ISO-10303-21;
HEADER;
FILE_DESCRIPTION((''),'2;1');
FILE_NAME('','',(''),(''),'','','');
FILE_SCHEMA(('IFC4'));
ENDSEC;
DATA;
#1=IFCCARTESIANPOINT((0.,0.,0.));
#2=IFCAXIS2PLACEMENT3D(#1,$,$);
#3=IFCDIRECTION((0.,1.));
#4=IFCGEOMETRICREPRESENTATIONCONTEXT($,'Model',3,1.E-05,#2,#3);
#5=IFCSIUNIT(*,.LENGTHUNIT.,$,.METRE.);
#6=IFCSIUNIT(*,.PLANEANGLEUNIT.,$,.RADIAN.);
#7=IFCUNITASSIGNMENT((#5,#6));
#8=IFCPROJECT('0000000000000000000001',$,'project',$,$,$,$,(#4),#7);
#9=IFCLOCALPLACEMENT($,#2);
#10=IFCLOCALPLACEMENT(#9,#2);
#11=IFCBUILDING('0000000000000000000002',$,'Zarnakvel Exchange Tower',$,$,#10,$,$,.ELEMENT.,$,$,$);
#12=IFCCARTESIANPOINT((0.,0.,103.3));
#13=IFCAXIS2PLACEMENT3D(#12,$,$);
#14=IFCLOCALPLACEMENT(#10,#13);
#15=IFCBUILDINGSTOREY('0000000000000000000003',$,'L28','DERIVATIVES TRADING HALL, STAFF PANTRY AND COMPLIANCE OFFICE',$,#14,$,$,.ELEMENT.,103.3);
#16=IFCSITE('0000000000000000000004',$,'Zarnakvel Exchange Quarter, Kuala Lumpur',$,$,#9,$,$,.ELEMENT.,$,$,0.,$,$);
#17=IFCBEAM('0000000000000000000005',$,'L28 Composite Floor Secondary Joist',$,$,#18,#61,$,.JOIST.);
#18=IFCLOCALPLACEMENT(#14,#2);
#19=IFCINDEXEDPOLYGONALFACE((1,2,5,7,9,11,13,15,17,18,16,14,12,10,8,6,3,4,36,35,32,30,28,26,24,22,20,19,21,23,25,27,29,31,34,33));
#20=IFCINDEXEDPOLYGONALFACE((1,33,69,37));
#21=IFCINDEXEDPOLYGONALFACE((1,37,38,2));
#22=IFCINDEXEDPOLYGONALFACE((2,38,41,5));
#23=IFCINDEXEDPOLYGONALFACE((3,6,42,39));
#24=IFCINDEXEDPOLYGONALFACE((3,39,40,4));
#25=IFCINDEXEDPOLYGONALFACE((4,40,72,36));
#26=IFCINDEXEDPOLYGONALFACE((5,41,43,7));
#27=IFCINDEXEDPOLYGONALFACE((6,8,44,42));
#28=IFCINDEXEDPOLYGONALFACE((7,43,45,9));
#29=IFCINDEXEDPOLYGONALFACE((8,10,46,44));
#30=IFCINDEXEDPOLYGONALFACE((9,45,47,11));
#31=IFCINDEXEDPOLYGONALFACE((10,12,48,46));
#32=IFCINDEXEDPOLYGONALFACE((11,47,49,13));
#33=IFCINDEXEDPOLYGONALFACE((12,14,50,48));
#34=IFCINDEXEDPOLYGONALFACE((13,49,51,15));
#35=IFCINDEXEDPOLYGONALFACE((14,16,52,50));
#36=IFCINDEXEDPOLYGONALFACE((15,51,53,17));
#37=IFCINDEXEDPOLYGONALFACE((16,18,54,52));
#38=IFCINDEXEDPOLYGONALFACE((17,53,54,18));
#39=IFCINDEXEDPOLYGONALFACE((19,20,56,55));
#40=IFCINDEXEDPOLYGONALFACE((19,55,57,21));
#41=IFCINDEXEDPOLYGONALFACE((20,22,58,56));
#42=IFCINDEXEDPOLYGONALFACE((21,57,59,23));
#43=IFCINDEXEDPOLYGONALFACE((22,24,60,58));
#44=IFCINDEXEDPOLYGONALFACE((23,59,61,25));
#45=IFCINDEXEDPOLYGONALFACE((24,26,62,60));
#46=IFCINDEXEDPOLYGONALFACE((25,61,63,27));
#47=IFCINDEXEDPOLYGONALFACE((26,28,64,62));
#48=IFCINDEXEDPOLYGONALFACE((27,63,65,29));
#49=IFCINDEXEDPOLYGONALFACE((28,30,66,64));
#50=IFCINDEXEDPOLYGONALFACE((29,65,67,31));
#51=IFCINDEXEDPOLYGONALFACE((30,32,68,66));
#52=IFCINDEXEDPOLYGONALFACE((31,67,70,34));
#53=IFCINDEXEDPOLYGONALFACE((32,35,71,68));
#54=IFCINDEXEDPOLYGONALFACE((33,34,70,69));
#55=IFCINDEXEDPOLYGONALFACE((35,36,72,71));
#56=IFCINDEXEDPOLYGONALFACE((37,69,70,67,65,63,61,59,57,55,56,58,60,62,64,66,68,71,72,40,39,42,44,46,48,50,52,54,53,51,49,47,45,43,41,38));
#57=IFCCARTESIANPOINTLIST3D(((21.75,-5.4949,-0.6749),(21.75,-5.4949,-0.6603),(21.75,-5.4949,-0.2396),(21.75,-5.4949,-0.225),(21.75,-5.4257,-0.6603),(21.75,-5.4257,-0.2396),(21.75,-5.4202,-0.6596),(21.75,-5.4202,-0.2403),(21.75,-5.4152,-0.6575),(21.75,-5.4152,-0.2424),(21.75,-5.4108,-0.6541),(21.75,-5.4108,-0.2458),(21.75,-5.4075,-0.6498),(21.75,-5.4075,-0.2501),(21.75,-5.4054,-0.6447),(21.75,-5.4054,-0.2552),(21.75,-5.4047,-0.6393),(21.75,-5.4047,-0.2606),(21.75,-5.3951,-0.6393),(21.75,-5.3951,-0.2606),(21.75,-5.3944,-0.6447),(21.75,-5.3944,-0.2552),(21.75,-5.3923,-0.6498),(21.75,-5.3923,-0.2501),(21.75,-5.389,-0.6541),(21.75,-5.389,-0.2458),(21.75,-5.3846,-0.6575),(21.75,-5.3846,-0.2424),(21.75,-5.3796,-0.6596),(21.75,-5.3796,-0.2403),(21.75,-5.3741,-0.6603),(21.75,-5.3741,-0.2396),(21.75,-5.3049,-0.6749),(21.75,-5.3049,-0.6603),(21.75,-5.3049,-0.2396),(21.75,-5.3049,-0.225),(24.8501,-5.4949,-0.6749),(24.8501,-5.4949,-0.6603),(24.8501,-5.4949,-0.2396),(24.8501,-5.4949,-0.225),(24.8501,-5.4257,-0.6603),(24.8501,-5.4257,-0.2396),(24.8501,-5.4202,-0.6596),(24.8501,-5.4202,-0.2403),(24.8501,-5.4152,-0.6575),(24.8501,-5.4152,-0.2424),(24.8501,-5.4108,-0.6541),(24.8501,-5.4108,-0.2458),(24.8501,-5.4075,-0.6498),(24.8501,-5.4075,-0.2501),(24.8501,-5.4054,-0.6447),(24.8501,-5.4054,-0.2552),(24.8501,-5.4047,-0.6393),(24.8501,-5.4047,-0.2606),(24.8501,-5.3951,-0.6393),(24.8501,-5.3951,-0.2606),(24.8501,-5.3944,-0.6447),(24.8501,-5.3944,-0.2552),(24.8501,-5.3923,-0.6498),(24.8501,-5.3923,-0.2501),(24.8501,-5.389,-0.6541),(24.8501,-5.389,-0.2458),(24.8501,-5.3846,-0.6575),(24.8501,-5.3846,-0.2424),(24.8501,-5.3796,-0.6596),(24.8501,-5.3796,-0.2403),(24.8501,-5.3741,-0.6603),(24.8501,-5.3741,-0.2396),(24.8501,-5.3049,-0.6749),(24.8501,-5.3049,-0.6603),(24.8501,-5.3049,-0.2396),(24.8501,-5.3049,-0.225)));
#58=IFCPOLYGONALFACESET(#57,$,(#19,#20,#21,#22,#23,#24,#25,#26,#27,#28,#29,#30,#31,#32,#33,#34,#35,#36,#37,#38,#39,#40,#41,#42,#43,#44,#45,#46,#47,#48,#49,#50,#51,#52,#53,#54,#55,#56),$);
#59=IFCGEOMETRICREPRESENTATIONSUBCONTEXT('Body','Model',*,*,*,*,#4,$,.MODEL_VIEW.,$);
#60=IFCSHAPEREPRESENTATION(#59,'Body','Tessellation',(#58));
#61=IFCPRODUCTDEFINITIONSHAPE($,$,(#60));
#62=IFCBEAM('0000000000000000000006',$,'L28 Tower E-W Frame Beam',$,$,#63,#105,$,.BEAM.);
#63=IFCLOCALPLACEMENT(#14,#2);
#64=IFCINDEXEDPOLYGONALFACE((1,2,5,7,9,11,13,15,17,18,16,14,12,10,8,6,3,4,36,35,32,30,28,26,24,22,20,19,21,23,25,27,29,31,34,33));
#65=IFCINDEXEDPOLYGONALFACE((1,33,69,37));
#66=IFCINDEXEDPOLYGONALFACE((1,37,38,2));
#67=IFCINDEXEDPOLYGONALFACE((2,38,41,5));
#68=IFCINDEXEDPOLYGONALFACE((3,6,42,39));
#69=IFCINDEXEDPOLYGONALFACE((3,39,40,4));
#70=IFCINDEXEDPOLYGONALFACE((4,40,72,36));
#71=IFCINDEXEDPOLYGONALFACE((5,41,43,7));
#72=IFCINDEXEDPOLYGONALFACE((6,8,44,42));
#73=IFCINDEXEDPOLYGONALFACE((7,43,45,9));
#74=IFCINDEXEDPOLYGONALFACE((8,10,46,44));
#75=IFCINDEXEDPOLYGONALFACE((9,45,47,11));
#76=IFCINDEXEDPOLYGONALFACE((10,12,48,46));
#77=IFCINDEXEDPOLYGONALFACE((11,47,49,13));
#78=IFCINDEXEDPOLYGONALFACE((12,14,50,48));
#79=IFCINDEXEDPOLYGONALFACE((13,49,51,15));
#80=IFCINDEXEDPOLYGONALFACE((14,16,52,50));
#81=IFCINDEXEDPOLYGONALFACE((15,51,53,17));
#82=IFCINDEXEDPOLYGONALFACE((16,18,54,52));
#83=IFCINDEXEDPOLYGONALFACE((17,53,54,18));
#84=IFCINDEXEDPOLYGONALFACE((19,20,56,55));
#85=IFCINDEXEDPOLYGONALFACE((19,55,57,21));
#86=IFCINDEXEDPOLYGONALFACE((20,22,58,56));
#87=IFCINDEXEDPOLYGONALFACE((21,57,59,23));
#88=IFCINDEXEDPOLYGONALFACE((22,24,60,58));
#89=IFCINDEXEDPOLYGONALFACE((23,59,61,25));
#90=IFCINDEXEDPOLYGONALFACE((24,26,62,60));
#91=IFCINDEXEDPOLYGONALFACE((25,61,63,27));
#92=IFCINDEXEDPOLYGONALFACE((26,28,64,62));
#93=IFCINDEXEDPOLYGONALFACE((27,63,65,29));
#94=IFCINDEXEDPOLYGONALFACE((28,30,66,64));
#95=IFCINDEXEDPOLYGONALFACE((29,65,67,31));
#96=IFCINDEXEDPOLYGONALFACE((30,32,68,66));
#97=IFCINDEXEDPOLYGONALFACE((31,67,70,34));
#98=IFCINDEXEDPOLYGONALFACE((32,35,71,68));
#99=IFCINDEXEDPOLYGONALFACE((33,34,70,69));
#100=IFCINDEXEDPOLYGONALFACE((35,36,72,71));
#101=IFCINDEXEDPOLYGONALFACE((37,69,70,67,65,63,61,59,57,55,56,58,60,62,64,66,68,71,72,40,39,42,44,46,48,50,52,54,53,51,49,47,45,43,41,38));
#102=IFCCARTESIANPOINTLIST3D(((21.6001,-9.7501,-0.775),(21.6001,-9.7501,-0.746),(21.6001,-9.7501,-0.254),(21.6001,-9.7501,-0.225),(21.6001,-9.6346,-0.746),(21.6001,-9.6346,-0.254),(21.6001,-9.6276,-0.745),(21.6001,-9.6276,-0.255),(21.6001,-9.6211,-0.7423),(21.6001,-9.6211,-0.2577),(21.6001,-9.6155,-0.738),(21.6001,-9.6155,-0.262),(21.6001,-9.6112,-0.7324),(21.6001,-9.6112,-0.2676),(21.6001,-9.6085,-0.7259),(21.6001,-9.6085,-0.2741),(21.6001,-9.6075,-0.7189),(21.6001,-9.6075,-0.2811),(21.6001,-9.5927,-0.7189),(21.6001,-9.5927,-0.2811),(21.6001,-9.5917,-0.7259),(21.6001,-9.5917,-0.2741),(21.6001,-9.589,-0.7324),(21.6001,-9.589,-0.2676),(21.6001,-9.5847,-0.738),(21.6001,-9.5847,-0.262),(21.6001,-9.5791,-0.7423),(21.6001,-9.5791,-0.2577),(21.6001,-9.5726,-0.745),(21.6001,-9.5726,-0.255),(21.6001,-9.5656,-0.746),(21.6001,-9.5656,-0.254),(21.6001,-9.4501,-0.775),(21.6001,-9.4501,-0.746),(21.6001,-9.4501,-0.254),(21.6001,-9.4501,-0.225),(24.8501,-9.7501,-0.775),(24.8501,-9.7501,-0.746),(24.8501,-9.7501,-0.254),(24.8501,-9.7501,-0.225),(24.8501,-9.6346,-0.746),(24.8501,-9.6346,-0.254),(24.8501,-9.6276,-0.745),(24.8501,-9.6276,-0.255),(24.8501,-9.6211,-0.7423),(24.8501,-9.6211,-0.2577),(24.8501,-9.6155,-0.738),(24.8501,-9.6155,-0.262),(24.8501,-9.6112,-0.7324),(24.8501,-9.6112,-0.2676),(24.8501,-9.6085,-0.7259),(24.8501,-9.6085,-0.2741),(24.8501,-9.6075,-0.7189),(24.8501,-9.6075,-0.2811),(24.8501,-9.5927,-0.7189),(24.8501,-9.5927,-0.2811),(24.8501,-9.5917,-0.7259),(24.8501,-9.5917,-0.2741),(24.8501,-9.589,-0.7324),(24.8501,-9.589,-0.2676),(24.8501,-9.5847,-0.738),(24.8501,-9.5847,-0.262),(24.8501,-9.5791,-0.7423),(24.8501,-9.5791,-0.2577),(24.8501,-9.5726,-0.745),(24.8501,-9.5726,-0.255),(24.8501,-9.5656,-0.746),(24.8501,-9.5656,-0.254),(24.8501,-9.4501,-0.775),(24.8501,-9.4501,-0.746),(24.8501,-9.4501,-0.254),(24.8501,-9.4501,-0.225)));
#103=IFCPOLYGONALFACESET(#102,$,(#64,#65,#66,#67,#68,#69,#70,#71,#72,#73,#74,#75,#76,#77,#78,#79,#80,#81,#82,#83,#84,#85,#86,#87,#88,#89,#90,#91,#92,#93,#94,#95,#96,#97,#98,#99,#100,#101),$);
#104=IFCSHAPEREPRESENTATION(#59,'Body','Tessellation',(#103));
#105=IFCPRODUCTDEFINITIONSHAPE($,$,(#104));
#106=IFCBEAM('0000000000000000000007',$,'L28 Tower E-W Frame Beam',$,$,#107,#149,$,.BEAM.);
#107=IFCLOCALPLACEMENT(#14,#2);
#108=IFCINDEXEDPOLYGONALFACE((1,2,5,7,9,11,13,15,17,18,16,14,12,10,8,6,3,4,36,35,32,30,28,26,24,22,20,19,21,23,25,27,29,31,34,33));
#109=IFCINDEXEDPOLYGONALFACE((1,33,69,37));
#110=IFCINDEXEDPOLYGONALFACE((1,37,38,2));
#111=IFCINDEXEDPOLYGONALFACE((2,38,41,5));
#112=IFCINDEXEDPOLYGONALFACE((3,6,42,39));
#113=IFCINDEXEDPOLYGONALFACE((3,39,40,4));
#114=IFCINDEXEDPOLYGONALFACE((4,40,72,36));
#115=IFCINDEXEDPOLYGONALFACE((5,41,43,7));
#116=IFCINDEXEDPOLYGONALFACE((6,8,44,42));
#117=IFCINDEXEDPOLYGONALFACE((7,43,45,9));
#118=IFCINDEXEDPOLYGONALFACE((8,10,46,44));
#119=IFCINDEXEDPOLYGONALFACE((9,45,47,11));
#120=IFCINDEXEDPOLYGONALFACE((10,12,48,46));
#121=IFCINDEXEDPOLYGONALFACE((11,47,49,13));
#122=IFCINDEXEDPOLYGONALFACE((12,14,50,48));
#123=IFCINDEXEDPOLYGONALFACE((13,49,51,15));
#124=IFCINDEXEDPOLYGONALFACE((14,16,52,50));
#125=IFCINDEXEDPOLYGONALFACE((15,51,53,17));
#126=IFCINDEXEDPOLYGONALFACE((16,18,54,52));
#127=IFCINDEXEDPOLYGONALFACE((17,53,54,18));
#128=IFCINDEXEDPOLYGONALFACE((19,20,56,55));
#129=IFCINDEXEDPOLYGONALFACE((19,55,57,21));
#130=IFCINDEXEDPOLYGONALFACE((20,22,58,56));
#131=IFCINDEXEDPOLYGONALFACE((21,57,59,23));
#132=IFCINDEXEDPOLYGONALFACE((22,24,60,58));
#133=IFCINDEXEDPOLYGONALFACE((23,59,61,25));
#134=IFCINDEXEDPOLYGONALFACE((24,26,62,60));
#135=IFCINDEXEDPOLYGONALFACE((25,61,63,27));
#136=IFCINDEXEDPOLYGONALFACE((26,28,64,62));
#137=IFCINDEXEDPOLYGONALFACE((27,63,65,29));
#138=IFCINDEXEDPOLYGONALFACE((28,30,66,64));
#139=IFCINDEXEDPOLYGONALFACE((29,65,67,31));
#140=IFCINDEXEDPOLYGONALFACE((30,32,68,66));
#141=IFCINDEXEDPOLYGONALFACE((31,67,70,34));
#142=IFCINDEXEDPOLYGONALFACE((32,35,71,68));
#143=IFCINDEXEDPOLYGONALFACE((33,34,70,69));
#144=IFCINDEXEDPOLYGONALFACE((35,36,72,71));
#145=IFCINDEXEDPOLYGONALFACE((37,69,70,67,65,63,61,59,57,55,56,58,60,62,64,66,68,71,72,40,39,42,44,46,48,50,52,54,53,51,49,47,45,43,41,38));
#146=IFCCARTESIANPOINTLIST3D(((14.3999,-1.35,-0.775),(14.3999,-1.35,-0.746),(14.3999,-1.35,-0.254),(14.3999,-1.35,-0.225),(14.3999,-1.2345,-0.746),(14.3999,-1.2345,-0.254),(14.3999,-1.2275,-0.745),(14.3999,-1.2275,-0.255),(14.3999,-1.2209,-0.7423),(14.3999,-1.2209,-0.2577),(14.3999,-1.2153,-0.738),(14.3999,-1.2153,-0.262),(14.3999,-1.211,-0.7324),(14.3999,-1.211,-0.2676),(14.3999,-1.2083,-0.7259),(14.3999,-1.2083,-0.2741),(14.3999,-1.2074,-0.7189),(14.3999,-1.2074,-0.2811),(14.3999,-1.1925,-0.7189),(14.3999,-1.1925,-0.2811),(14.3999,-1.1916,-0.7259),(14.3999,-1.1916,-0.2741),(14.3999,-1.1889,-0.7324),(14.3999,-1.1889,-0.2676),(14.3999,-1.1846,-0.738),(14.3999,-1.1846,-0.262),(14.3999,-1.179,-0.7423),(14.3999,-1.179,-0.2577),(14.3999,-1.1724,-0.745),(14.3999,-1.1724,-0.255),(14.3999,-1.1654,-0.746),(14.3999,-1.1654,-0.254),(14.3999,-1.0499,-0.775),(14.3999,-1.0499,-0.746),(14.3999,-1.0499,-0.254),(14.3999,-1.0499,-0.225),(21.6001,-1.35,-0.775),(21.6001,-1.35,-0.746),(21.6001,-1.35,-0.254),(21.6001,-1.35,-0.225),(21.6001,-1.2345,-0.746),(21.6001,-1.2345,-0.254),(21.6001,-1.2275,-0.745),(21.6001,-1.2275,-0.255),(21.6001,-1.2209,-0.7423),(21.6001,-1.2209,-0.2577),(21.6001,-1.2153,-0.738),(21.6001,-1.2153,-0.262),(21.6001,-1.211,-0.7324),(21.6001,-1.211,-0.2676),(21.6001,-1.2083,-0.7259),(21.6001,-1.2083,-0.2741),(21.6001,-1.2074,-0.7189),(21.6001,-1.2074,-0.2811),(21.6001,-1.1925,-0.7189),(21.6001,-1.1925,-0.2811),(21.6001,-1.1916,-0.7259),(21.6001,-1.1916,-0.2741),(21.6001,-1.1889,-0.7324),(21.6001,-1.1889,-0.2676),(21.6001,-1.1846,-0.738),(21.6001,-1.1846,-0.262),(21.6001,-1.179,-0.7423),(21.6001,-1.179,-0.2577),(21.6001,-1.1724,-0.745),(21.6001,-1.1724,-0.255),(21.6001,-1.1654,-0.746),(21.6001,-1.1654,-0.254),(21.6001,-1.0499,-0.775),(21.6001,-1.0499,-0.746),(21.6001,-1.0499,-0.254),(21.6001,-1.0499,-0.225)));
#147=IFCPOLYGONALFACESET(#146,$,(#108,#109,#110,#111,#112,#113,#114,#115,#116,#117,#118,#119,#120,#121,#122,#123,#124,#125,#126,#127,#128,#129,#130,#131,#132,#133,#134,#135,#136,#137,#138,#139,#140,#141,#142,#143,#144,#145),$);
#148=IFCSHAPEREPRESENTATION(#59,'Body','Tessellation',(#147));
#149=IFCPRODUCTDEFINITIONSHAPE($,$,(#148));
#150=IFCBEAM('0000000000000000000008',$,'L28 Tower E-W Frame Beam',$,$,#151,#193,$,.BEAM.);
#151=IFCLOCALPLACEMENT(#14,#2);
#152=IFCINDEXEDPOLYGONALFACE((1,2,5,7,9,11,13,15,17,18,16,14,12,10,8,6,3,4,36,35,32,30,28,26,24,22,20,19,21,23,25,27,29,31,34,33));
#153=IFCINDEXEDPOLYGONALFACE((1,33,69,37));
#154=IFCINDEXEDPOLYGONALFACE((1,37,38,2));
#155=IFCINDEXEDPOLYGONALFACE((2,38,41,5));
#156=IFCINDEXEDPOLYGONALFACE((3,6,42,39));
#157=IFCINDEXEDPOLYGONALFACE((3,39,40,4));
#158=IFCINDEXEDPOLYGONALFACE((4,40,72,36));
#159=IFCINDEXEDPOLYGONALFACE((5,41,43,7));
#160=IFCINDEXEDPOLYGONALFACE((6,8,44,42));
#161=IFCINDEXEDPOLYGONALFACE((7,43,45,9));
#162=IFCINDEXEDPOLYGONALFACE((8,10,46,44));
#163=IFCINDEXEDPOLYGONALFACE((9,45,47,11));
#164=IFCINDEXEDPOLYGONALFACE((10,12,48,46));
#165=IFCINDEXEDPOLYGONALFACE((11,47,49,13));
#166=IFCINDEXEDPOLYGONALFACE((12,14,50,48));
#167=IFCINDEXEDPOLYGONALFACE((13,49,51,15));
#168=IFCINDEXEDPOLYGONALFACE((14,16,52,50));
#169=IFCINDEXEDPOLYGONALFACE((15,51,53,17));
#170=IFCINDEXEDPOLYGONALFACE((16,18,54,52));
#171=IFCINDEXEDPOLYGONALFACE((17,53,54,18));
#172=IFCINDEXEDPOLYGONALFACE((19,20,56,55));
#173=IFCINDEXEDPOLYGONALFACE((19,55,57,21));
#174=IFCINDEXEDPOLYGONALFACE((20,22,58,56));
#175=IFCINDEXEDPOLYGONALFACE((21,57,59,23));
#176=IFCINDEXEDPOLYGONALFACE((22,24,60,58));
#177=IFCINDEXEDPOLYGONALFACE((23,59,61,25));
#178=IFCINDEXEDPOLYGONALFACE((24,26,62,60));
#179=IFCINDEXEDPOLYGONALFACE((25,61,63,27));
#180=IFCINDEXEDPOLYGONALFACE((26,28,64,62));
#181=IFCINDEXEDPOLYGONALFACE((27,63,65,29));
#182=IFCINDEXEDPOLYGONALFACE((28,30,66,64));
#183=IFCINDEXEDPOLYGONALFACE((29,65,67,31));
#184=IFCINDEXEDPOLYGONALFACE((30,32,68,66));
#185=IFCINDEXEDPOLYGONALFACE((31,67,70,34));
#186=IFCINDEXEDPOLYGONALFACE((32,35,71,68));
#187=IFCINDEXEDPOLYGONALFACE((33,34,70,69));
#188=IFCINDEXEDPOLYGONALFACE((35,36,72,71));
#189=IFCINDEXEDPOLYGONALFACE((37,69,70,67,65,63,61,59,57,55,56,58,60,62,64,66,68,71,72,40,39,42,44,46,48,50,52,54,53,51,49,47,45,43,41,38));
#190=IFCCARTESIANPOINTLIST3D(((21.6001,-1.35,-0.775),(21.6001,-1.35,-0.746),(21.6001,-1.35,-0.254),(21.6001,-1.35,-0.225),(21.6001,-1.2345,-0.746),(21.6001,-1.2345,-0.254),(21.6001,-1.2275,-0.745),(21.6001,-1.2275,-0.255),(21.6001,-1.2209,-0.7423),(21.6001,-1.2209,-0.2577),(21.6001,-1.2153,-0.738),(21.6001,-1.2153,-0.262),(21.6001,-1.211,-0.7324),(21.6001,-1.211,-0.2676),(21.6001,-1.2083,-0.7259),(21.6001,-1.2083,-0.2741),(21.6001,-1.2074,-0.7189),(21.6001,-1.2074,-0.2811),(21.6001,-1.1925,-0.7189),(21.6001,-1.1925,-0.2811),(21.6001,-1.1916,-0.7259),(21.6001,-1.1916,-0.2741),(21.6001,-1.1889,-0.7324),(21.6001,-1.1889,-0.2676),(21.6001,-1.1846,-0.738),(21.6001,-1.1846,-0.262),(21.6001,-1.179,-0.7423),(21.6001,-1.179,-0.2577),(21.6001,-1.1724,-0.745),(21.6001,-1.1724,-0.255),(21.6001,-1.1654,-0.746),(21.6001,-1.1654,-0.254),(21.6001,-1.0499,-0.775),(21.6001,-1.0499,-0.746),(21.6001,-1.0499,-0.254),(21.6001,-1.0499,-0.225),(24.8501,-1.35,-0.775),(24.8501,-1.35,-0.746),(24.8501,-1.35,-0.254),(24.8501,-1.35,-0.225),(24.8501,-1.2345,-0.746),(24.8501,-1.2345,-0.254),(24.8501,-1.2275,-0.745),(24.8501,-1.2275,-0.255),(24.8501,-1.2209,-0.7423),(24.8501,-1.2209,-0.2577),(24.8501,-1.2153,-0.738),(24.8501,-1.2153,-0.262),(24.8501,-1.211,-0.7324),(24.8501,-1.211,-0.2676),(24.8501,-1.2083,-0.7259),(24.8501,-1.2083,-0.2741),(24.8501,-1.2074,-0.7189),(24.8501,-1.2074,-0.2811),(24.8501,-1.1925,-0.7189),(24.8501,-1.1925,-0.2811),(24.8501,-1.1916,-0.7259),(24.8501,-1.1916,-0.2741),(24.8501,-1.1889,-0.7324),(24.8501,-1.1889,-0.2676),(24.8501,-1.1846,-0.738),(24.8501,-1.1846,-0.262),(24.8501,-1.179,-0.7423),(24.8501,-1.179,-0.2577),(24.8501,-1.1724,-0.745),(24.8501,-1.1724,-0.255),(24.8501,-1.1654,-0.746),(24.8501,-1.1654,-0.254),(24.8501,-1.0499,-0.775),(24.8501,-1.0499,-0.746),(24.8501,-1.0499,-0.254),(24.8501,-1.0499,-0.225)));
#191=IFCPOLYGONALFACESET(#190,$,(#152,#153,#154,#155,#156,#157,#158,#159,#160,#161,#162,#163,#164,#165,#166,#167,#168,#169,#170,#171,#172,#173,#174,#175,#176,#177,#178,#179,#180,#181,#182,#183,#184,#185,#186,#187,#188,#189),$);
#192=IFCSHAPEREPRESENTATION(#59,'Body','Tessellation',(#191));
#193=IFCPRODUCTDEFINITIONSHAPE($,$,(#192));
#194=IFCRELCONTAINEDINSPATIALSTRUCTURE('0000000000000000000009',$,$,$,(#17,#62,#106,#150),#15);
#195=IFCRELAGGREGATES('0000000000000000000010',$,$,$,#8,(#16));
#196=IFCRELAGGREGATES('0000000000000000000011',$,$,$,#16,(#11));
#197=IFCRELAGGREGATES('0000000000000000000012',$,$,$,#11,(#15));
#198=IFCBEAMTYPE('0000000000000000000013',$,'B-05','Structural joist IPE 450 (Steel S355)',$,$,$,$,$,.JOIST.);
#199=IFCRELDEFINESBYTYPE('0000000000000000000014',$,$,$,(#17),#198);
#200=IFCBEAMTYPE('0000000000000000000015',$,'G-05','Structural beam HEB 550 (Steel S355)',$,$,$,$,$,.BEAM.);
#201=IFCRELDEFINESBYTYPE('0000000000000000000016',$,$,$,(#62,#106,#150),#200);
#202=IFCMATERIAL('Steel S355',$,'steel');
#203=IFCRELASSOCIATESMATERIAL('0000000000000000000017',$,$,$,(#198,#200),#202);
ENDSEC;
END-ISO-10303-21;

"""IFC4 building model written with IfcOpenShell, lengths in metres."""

from ifc_helpers import new_model, si_unit, direction, frame, origin, origin_2d, place, context, subcontext, project, spatial, i_section, extrude, material, material_profile, profile_set, type_object, element, save


model = new_model("IFC4")

# Units and contexts
model_context = context("Model", 3, precision=1e-05, world=origin(), true_north=direction((0.0, 1.0)))
body_context = subcontext(model_context, "Body", "Model", "MODEL_VIEW")
ifc_project = project(units=[si_unit("LENGTHUNIT", "METRE"), si_unit("PLANEANGLEUNIT", "RADIAN")], contexts=[model_context])

# Site, building, storey
site_placement = place(None, origin())
site = spatial("IfcSite", under=ifc_project, at=site_placement, Name="Zarnakvel Exchange Quarter, Kuala Lumpur", CompositionType="ELEMENT", RefElevation=0.0)
building_placement = place(site_placement, origin())
building = spatial("IfcBuilding", under=site, at=building_placement, Name="Zarnakvel Exchange Tower", CompositionType="ELEMENT")
storey_placement = place(building_placement, frame((0.0, 0.0, 103.3)))
storey = spatial("IfcBuildingStorey", under=building, at=storey_placement, Name="L28", Description="DERIVATIVES TRADING HALL, STAFF PANTRY AND COMPLIANCE OFFICE", CompositionType="ELEMENT", Elevation=103.3)

# Shared definitions
ifc_material_1 = material(Name="Steel S355", Category="steel")

# Beams
ifc_material_profile_1 = material_profile(ifc_material_1, i_section(OverallWidth=0.1899, OverallDepth=0.45, WebThickness=0.0095, FlangeThickness=0.0146, FilletRadius=0.021, at=origin_2d()))
ifc_profile_set_1 = profile_set([ifc_material_profile_1], Name="Steel S355")
beam_type_1 = type_object("IfcBeamType", Name="B-05", Description="Structural joist IPE 450 (Steel S355)", PredefinedType="JOIST", material=ifc_profile_set_1)
beam_1_placement = place(storey_placement, frame((21.75, -5.3999, -0.45), z_axis=(1.0, 0.0, 0.0), x_axis=(0.0, 1.0, 0.0)))
element("IfcBeam", 1, at=beam_1_placement, inside=storey, type_object=beam_type_1, Name="L28 Composite Floor Secondary Joist", PredefinedType="JOIST", context=body_context, shape_type="SweptSolid", body=[
    extrude(i_section(OverallWidth=0.1899, OverallDepth=0.45, WebThickness=0.0095, FlangeThickness=0.0146, FilletRadius=0.021, at=origin_2d()), origin(), (0.0, 0.0, 1.0), 3.1001),
])
ifc_material_profile_2 = material_profile(ifc_material_1, i_section(OverallWidth=0.3, OverallDepth=0.55, WebThickness=0.0149, FlangeThickness=0.0291, FilletRadius=0.0271, at=origin_2d()))
ifc_profile_set_2 = profile_set([ifc_material_profile_2], Name="Steel S355")
beam_type_2 = type_object("IfcBeamType", Name="G-05", Description="Structural beam HEB 550 (Steel S355)", PredefinedType="BEAM", material=ifc_profile_set_2)
beam_2_placement = place(storey_placement, frame((21.6001, -9.6001, -0.5), z_axis=(1.0, 0.0, 0.0), x_axis=(0.0, 1.0, 0.0)))
element("IfcBeam", 2, at=beam_2_placement, inside=storey, type_object=beam_type_2, Name="L28 Tower E-W Frame Beam", PredefinedType="BEAM", context=body_context, shape_type="SweptSolid", body=[
    extrude(i_section(OverallWidth=0.3, OverallDepth=0.55, WebThickness=0.0149, FlangeThickness=0.0291, FilletRadius=0.0271, at=origin_2d()), origin(), (0.0, 0.0, 1.0), 3.25),
])
beam_3_placement = place(storey_placement, frame((14.3999, -1.2, -0.5), z_axis=(1.0, 0.0, 0.0), x_axis=(0.0, 1.0, 0.0)))
element("IfcBeam", 3, at=beam_3_placement, inside=storey, type_object=beam_type_2, Name="L28 Tower E-W Frame Beam", PredefinedType="BEAM", context=body_context, shape_type="SweptSolid", body=[
    extrude(i_section(OverallWidth=0.3, OverallDepth=0.55, WebThickness=0.0149, FlangeThickness=0.0291, FilletRadius=0.0271, at=origin_2d()), origin(), (0.0, 0.0, 1.0), 7.2002),
])
beam_4_placement = place(storey_placement, frame((21.6001, -1.2, -0.5), z_axis=(1.0, 0.0, 0.0), x_axis=(0.0, 1.0, 0.0)))
element("IfcBeam", 4, at=beam_4_placement, inside=storey, type_object=beam_type_2, Name="L28 Tower E-W Frame Beam", PredefinedType="BEAM", context=body_context, shape_type="SweptSolid", body=[
    extrude(i_section(OverallWidth=0.3, OverallDepth=0.55, WebThickness=0.0149, FlangeThickness=0.0291, FilletRadius=0.0271, at=origin_2d()), origin(), (0.0, 0.0, 1.0), 3.25),
])

save(model, "model.ifc")
